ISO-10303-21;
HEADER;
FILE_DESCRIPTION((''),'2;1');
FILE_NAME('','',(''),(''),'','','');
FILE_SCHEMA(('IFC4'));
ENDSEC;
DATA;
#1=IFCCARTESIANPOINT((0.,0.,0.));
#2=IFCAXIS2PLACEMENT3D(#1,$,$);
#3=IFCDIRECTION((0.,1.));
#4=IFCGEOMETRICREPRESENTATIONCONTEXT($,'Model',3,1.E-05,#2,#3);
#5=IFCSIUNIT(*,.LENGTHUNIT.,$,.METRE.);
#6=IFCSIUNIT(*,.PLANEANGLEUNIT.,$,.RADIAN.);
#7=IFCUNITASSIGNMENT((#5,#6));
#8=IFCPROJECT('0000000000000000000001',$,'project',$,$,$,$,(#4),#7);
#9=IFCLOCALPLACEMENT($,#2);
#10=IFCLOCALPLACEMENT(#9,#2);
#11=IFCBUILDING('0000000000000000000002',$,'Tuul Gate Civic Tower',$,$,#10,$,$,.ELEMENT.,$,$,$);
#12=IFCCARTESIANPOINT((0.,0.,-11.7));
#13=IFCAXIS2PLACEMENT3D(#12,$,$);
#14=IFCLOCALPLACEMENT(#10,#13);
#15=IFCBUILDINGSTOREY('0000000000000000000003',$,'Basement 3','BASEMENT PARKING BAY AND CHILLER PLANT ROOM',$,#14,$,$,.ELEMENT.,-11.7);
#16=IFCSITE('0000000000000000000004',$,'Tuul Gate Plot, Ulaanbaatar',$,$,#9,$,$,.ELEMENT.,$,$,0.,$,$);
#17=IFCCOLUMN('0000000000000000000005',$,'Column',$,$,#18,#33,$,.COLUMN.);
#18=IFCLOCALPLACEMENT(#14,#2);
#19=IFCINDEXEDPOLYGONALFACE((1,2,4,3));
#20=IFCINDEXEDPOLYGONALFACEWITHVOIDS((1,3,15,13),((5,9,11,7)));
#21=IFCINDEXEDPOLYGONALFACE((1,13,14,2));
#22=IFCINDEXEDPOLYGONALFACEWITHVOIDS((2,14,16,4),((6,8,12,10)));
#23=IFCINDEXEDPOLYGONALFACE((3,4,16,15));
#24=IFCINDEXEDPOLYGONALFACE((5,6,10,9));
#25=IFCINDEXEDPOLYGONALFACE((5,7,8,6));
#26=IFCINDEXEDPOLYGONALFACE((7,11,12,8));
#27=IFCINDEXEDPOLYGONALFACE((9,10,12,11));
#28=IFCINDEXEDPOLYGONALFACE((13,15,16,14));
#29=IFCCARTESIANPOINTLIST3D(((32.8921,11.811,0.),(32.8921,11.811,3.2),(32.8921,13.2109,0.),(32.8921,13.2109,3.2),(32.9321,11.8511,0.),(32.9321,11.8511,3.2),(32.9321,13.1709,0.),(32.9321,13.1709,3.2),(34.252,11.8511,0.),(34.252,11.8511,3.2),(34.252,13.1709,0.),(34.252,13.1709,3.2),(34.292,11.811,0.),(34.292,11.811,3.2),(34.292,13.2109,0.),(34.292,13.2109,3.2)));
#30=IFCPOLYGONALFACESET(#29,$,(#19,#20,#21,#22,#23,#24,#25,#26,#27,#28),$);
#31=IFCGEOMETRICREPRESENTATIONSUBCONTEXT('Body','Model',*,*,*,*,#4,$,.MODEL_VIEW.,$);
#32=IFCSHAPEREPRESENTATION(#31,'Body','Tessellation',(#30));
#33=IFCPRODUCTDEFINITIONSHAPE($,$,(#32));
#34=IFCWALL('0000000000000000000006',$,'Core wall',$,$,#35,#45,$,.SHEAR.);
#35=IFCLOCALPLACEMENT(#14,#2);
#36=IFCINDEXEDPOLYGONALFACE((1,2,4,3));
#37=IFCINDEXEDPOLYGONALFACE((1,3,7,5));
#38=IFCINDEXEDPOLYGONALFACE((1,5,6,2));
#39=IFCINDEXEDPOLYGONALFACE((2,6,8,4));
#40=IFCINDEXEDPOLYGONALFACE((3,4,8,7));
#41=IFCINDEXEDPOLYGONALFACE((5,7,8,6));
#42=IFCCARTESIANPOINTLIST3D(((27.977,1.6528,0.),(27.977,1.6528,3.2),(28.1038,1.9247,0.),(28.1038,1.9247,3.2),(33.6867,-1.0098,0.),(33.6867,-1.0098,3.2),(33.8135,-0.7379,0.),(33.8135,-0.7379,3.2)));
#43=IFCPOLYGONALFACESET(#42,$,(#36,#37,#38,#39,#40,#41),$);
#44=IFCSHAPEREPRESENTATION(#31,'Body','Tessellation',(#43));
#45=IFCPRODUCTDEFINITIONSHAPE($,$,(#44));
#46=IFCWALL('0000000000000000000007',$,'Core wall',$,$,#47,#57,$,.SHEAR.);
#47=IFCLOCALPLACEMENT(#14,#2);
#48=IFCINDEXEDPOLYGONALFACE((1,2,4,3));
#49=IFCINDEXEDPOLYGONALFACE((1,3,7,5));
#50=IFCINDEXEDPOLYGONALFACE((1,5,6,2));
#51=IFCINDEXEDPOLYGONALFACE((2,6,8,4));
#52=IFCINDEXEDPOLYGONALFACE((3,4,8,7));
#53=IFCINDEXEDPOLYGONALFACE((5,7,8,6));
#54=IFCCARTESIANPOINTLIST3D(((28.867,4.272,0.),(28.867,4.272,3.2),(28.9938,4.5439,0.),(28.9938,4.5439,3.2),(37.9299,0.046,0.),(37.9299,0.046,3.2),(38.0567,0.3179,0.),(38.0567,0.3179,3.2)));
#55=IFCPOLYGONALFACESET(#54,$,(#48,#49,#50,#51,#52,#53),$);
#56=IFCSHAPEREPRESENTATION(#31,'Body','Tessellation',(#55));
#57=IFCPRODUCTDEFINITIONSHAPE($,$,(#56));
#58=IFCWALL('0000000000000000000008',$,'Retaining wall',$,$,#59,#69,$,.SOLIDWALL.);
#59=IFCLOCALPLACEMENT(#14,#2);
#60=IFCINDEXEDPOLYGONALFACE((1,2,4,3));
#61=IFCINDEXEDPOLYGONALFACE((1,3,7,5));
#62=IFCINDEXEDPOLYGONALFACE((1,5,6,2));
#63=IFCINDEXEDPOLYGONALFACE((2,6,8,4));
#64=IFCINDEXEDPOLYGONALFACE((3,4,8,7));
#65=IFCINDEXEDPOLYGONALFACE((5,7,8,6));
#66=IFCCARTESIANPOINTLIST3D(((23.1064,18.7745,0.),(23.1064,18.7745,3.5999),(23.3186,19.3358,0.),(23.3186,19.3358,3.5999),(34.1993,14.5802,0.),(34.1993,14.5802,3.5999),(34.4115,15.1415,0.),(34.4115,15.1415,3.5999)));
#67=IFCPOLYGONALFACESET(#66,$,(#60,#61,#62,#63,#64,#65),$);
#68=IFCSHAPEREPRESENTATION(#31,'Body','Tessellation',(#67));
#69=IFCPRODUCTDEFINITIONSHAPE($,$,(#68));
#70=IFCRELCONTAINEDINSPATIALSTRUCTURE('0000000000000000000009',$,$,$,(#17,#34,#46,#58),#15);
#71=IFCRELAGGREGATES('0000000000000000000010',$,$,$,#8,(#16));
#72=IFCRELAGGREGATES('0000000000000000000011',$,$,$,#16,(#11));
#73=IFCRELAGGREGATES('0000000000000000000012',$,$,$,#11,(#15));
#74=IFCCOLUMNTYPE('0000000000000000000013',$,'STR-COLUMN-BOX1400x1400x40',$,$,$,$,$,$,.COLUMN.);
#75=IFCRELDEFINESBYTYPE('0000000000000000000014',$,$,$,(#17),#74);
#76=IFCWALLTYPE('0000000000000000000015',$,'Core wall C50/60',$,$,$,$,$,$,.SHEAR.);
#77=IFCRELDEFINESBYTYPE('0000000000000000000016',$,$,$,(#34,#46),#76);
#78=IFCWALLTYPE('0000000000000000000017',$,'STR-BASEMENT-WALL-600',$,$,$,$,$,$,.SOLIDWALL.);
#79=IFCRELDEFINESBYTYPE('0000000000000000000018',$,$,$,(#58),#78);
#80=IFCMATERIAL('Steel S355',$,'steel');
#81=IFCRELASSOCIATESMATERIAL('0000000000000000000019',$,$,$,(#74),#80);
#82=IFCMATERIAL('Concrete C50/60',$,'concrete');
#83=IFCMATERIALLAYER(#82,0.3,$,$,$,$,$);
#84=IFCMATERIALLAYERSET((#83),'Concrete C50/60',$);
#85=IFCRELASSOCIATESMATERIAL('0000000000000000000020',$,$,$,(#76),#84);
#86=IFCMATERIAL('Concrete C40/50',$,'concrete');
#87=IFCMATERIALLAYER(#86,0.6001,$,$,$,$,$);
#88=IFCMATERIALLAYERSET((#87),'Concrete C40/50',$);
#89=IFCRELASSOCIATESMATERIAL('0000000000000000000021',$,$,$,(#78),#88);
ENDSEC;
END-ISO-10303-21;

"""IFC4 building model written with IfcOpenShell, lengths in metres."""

from ifc_helpers import new_model, si_unit, direction, frame, frame_2d, origin, origin_2d, place, context, subcontext, project, spatial, rectangle, hollow_rectangle, extrude, material, layer, layer_set, material_profile, profile_set, type_object, element, save


model = new_model("IFC4")

# Units and contexts
model_context = context("Model", 3, precision=1e-05, world=origin(), true_north=direction((0.0, 1.0)))
body_context = subcontext(model_context, "Body", "Model", "MODEL_VIEW")
ifc_project = project(units=[si_unit("LENGTHUNIT", "METRE"), si_unit("PLANEANGLEUNIT", "RADIAN")], contexts=[model_context])

# Site, building, storey
site_placement = place(None, origin())
site = spatial("IfcSite", under=ifc_project, at=site_placement, Name="Tuul Gate Plot, Ulaanbaatar", CompositionType="ELEMENT", RefElevation=0.0)
building_placement = place(site_placement, origin())
building = spatial("IfcBuilding", under=site, at=building_placement, Name="Tuul Gate Civic Tower", CompositionType="ELEMENT")
storey_placement = place(building_placement, frame((0.0, 0.0, -11.7)))
storey = spatial("IfcBuildingStorey", under=building, at=storey_placement, Name="Basement 3", Description="BASEMENT PARKING BAY AND CHILLER PLANT ROOM", CompositionType="ELEMENT", Elevation=-11.7)

# Column
ifc_material_1 = material(Name="Steel S355", Category="steel")
ifc_material_profile_1 = material_profile(ifc_material_1, hollow_rectangle(XDim=1.3999, YDim=1.3999, WallThickness=0.04, at=origin_2d()), Name="BOX1400x1400x40")
ifc_profile_set_1 = profile_set([ifc_material_profile_1], Name="Steel S355")
column_type = type_object("IfcColumnType", Name="STR-COLUMN-BOX1400x1400x40", PredefinedType="COLUMN", material=ifc_profile_set_1)
column_placement = place(storey_placement, frame((33.592, 12.511, 0.0), z_axis=(0.0, 0.0, 1.0), x_axis=(1.0, 0.0, 0.0)))
element("IfcColumn", 1, at=column_placement, inside=storey, type_object=column_type, Name="Column", PredefinedType="COLUMN", context=body_context, shape_type="SweptSolid", body=[
    extrude(hollow_rectangle(XDim=1.3999, YDim=1.3999, WallThickness=0.04, at=origin_2d()), origin(), (0.0, 0.0, 1.0), 3.2),
])

# Walls
ifc_material_2 = material(Name="Concrete C50/60", Category="concrete")
ifc_layer_1 = layer(ifc_material_2, 0.3)
ifc_layer_set_1 = layer_set([ifc_layer_1], Name="Concrete C50/60")
wall_type_1 = type_object("IfcWallType", Name="Core wall C50/60", PredefinedType="SHEAR", material=ifc_layer_set_1)
wall_1_placement = place(storey_placement, frame((33.75, -0.8738, 0.0), z_axis=(0.0, 0.0, 1.0), x_axis=(-0.906301, 0.422633, 0.0)))
element("IfcWall", 2, at=wall_1_placement, inside=storey, type_object=wall_type_1, Name="Core wall", PredefinedType="SHEAR", context=body_context, shape_type="SweptSolid", body=[
    extrude(rectangle(XDim=6.3, YDim=0.3, at=frame_2d((3.1499, 0.0))), origin(), (0.0, 0.0, 1.0), 3.2),
])
wall_2_placement = place(storey_placement, frame((37.9934, 0.1819, 0.0), z_axis=(0.0, 0.0, 1.0), x_axis=(-0.90631, 0.422613, 0.0)))
element("IfcWall", 3, at=wall_2_placement, inside=storey, type_object=wall_type_1, Name="Core wall", PredefinedType="SHEAR", context=body_context, shape_type="SweptSolid", body=[
    extrude(rectangle(XDim=9.9998, YDim=0.3, at=frame_2d((5.0, 0.0))), origin(), (0.0, 0.0, 1.0), 3.2),
])
ifc_material_3 = material(Name="Concrete C40/50", Category="concrete")
ifc_layer_2 = layer(ifc_material_3, 0.6001)
ifc_layer_set_2 = layer_set([ifc_layer_2], Name="Concrete C40/50")
wall_type_2 = type_object("IfcWallType", Name="STR-BASEMENT-WALL-600", PredefinedType="SOLIDWALL", material=ifc_layer_set_2)
wall_3_placement = place(storey_placement, frame((34.3054, 14.8608, 0.0), z_axis=(0.0, 0.0, 1.0), x_axis=(-0.935371, 0.353669, 0.0)))
element("IfcWall", 4, at=wall_3_placement, inside=storey, type_object=wall_type_2, Name="Retaining wall", PredefinedType="SOLIDWALL", context=body_context, shape_type="SweptSolid", body=[
    extrude(rectangle(XDim=11.8594, YDim=0.6001, at=frame_2d((5.9297, 0.0))), origin(), (0.0, 0.0, 1.0), 3.5999),
])

save(model, "model.ifc")
